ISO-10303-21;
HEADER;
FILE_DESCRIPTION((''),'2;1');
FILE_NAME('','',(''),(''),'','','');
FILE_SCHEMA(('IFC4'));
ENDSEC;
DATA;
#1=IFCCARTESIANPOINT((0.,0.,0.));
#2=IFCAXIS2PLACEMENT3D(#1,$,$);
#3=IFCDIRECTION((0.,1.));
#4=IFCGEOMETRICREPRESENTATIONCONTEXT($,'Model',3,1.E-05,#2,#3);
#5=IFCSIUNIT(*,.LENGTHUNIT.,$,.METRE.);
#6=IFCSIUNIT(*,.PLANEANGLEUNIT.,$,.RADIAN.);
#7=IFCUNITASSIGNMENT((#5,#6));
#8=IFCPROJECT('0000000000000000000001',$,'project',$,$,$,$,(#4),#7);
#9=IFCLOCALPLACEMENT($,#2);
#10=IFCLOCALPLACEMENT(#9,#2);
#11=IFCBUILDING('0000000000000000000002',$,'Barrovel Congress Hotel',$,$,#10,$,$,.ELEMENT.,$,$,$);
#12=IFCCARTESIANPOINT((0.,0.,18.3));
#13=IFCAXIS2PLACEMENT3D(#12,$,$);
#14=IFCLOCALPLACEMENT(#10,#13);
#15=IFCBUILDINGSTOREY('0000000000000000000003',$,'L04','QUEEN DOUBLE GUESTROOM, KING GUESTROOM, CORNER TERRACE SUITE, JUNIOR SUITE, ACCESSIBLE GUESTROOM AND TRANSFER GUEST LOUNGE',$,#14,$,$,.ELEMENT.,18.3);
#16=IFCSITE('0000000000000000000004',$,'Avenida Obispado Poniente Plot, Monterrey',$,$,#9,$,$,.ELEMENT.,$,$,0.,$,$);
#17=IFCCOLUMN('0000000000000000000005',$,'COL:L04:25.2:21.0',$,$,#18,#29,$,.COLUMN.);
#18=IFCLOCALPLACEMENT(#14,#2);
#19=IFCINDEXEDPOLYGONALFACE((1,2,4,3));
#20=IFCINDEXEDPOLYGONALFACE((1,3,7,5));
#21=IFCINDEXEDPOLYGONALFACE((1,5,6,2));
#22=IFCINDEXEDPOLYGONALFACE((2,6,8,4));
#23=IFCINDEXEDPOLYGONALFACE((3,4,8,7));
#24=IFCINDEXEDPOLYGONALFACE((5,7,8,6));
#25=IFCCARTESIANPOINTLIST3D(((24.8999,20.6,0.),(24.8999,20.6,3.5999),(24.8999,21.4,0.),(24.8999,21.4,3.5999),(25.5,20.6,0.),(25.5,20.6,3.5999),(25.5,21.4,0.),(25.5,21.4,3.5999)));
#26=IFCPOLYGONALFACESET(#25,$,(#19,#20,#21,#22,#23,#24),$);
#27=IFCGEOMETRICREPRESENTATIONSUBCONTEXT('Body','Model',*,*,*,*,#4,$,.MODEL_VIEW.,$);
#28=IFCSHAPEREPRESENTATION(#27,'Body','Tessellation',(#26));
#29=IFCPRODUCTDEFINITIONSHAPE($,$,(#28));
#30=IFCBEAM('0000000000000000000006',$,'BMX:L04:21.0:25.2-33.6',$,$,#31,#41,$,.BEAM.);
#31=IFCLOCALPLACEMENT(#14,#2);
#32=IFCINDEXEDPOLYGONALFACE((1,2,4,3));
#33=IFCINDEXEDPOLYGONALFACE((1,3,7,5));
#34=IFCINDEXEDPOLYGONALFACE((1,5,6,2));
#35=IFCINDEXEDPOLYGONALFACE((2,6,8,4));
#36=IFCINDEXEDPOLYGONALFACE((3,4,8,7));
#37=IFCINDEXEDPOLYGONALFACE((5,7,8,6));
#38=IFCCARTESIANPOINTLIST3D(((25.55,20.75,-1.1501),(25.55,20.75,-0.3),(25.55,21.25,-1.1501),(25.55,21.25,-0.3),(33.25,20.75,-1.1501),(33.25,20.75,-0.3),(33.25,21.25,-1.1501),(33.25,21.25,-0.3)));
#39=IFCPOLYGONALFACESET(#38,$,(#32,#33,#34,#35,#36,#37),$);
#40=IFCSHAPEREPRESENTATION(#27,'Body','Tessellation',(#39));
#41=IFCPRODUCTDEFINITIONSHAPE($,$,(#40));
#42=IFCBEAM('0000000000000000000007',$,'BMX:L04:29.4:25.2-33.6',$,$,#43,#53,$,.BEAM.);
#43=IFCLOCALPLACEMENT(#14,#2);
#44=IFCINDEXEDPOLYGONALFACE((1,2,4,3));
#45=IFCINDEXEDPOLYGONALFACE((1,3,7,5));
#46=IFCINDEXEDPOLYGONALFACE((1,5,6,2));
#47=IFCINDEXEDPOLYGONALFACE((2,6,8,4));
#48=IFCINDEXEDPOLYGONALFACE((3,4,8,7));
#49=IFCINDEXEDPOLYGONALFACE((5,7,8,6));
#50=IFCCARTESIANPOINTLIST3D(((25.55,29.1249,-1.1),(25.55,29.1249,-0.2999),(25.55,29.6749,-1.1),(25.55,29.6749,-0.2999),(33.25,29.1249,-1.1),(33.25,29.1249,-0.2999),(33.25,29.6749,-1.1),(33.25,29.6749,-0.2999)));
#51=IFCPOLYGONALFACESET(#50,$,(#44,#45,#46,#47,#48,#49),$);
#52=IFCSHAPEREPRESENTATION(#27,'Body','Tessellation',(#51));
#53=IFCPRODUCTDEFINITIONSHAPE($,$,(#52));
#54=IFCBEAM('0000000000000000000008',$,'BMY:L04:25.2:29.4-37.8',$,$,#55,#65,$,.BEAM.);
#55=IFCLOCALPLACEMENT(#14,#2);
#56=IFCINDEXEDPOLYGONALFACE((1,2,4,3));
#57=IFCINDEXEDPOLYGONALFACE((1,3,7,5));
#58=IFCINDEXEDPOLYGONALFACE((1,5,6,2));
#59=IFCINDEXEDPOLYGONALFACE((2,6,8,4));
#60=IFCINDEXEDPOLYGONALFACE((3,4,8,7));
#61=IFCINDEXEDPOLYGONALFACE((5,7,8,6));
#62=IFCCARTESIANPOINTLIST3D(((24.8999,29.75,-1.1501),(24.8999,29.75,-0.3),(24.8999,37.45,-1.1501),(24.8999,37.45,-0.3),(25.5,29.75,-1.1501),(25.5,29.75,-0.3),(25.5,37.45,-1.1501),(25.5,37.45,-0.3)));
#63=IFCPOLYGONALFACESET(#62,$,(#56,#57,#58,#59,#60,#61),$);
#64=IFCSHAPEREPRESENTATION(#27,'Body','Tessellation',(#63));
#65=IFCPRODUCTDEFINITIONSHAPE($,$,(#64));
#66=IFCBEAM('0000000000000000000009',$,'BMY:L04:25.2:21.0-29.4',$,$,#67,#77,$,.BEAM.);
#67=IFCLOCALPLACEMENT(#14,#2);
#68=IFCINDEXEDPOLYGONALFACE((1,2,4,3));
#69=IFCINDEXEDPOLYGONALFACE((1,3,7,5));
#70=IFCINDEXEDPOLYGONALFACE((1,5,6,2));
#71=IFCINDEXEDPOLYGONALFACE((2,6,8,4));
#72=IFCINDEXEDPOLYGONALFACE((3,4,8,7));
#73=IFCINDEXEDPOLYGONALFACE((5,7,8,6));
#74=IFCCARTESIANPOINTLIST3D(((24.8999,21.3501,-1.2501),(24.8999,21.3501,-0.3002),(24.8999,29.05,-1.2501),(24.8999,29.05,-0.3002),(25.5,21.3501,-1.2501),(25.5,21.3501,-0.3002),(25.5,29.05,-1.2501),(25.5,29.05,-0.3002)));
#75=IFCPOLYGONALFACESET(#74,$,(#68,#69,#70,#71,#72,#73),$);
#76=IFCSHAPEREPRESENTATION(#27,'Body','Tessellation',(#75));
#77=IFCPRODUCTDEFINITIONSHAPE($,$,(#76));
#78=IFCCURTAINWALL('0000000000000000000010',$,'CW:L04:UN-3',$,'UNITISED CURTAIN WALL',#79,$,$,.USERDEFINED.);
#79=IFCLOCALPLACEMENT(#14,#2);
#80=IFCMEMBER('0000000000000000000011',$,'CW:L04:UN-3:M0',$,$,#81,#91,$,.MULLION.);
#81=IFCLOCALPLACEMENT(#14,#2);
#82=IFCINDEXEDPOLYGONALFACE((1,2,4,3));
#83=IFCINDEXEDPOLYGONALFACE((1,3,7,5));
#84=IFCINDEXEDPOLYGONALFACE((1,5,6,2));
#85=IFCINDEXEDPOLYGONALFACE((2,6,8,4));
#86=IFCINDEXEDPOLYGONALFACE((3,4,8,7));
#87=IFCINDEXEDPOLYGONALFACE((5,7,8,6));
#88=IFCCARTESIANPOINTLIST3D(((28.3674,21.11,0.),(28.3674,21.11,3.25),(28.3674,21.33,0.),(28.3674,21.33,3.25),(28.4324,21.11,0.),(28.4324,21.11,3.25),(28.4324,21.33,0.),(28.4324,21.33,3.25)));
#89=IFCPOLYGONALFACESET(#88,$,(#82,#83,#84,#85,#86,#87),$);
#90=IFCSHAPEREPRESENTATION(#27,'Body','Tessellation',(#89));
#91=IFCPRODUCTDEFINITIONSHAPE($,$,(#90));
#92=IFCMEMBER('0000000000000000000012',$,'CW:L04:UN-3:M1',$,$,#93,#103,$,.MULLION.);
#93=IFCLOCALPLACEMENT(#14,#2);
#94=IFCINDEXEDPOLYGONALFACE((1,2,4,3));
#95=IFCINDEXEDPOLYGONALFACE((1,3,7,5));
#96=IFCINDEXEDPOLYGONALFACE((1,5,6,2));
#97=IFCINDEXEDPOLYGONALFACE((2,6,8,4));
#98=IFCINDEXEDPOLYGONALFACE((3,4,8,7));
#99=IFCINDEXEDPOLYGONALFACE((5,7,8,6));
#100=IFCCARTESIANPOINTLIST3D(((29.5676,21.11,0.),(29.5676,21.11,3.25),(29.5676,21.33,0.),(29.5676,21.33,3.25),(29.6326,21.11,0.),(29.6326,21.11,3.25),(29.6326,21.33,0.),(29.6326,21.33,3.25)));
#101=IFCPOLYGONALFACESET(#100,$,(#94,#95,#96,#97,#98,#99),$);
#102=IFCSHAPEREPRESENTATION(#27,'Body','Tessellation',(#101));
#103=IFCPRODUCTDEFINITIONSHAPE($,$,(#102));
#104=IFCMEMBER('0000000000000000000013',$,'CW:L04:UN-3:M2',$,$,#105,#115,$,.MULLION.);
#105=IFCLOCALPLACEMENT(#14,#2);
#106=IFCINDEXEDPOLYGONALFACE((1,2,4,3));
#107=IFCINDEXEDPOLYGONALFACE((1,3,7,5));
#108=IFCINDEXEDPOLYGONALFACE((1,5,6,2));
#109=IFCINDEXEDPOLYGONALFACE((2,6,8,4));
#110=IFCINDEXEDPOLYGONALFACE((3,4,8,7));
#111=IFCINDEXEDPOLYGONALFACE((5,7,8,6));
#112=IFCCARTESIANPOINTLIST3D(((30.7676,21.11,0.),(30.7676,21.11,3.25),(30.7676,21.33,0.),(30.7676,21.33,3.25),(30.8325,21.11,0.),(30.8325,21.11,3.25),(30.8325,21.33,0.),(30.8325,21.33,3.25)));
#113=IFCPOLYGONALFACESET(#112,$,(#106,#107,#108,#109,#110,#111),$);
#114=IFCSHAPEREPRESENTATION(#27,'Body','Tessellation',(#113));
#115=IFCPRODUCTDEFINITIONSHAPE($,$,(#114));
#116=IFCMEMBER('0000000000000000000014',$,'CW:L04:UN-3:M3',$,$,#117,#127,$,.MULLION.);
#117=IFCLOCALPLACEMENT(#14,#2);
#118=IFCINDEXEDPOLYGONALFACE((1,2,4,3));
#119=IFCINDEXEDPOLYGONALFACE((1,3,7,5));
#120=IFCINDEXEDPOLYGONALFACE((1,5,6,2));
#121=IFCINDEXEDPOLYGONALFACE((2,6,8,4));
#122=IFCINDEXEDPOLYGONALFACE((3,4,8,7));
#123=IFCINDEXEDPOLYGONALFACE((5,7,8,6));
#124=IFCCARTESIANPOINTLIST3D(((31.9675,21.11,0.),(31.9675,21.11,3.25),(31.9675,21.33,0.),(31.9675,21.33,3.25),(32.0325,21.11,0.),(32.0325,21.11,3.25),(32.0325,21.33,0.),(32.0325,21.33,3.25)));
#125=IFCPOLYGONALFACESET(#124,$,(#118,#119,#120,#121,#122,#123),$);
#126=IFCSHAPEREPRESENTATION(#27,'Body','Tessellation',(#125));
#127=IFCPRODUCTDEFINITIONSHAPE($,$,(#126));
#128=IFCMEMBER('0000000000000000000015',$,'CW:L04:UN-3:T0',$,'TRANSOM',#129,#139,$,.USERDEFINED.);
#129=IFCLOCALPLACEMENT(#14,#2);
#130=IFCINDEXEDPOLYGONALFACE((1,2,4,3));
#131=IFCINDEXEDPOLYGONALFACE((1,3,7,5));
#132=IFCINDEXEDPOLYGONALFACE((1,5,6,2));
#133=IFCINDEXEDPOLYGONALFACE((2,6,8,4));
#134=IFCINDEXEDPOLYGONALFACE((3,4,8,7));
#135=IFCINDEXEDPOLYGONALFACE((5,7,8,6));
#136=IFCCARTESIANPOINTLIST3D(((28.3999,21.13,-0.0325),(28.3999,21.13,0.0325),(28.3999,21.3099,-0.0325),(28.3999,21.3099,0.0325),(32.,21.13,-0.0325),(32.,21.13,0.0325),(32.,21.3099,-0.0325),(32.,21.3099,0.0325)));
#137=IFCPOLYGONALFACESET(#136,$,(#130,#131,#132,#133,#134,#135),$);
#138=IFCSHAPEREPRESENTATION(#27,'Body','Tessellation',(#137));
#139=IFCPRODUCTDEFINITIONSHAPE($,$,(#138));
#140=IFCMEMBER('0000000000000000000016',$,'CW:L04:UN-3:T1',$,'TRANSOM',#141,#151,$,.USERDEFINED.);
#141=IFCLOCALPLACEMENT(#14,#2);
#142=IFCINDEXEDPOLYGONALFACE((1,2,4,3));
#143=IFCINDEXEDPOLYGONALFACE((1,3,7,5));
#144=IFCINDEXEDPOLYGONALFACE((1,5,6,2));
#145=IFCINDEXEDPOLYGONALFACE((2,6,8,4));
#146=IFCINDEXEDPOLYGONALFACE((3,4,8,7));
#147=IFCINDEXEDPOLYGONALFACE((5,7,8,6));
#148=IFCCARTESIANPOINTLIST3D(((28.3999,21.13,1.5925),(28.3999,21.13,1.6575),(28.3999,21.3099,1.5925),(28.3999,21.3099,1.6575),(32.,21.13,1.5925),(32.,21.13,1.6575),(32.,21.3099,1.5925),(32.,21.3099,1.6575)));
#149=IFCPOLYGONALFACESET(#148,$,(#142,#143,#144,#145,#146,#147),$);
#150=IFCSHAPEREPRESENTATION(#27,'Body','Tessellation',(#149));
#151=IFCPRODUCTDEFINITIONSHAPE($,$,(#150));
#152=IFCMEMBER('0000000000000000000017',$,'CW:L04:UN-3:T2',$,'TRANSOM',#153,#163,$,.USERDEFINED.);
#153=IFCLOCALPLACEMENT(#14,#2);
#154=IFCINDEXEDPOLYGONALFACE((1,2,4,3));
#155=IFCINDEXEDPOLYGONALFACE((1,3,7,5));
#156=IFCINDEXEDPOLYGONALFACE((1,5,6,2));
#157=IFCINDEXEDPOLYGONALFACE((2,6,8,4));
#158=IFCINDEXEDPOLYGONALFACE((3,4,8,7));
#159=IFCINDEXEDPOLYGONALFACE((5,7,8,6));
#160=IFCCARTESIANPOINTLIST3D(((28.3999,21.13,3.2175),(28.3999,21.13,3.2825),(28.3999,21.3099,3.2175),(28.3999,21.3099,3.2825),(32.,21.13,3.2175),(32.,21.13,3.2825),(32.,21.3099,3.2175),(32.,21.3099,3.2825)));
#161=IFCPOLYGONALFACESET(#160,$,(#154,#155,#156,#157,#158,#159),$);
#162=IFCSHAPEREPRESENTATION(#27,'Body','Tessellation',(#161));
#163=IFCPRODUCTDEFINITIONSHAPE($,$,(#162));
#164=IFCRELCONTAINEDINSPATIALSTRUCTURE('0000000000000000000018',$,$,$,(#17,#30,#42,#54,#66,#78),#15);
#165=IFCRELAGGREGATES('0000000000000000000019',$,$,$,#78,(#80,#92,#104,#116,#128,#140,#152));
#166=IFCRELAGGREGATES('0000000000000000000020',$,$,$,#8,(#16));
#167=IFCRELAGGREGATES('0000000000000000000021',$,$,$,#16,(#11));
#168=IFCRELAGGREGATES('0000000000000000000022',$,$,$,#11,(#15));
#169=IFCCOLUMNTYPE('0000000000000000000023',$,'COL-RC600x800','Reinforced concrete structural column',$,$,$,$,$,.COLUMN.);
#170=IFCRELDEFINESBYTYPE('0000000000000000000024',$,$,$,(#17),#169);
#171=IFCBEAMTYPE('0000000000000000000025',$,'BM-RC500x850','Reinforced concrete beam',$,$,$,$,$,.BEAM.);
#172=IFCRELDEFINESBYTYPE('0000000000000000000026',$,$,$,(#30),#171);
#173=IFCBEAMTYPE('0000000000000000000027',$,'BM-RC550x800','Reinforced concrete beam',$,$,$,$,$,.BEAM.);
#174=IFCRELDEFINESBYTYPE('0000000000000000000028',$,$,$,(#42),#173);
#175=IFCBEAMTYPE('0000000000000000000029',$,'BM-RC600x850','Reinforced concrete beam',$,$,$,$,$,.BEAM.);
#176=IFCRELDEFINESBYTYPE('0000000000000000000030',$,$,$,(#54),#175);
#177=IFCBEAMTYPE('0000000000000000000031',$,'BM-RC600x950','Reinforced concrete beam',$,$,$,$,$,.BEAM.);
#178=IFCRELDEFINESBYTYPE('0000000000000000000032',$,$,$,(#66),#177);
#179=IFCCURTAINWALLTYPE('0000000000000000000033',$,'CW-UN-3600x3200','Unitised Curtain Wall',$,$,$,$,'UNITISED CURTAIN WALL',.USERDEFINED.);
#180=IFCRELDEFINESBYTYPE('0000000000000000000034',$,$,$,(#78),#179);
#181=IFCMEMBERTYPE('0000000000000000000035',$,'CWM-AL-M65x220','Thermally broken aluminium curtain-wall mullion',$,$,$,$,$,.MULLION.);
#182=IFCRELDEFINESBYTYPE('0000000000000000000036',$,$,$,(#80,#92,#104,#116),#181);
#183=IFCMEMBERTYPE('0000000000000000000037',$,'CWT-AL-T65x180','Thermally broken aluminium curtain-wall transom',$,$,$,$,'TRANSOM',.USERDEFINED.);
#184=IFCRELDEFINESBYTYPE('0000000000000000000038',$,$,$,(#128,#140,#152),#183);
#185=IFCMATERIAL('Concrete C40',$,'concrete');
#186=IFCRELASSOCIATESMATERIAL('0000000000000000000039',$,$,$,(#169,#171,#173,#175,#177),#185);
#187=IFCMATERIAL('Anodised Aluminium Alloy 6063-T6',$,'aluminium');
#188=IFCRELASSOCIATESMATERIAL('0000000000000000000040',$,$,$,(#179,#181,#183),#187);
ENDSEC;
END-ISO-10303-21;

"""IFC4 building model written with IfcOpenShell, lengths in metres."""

from ifc_helpers import new_model, si_unit, direction, frame, origin, origin_2d, place, context, subcontext, project, spatial, rectangle, extrude, material, material_profile, profile_set, type_object, element, aggregate, save


model = new_model("IFC4")

# Units and contexts
model_context = context("Model", 3, precision=1e-05, world=origin(), true_north=direction((0.0, 1.0)))
body_context = subcontext(model_context, "Body", "Model", "MODEL_VIEW")
ifc_project = project(units=[si_unit("LENGTHUNIT", "METRE"), si_unit("PLANEANGLEUNIT", "RADIAN")], contexts=[model_context])

# Site, building, storey
site_placement = place(None, origin())
site = spatial("IfcSite", under=ifc_project, at=site_placement, Name="Avenida Obispado Poniente Plot, Monterrey", CompositionType="ELEMENT", RefElevation=0.0)
building_placement = place(site_placement, origin())
building = spatial("IfcBuilding", under=site, at=building_placement, Name="Barrovel Congress Hotel", CompositionType="ELEMENT")
storey_placement = place(building_placement, frame((0.0, 0.0, 18.3)))
storey = spatial("IfcBuildingStorey", under=building, at=storey_placement, Name="L04", Description="QUEEN DOUBLE GUESTROOM, KING GUESTROOM, CORNER TERRACE SUITE, JUNIOR SUITE, ACCESSIBLE GUESTROOM AND TRANSFER GUEST LOUNGE", CompositionType="ELEMENT", Elevation=18.3)

# Column
ifc_material_1 = material(Name="Concrete C40", Category="concrete")
ifc_material_profile_1 = material_profile(ifc_material_1, rectangle(XDim=0.6001, YDim=0.8, at=origin_2d()), Name="RC600x800")
ifc_profile_set_1 = profile_set([ifc_material_profile_1], Name="Concrete C40")
column_type = type_object("IfcColumnType", Name="COL-RC600x800", Description="Reinforced concrete structural column", PredefinedType="COLUMN", material=ifc_profile_set_1)
column_placement = place(storey_placement, frame((25.2, 21.0, 0.0), z_axis=(0.0, 0.0, 1.0), x_axis=(1.0, 0.0, 0.0)))
element("IfcColumn", 1, at=column_placement, inside=storey, type_object=column_type, Name="COL:L04:25.2:21.0", PredefinedType="COLUMN", context=body_context, shape_type="SweptSolid", body=[
    extrude(rectangle(XDim=0.6001, YDim=0.8, at=origin_2d()), origin(), (0.0, 0.0, 1.0), 3.5999),
])

# Beams
ifc_material_profile_2 = material_profile(ifc_material_1, rectangle(XDim=0.5, YDim=0.8501, at=origin_2d()), Name="RC500x850")
ifc_profile_set_2 = profile_set([ifc_material_profile_2], Name="Concrete C40")
beam_type_1 = type_object("IfcBeamType", Name="BM-RC500x850", Description="Reinforced concrete beam", PredefinedType="BEAM", material=ifc_profile_set_2)
beam_1_placement = place(storey_placement, frame((25.55, 21.0, -0.7251), z_axis=(1.0, 0.0, 0.0), x_axis=(0.0, 1.0, 0.0)))
element("IfcBeam", 2, at=beam_1_placement, inside=storey, type_object=beam_type_1, Name="BMX:L04:21.0:25.2-33.6", PredefinedType="BEAM", context=body_context, shape_type="SweptSolid", body=[
    extrude(rectangle(XDim=0.5, YDim=0.8501, at=origin_2d()), origin(), (0.0, 0.0, 1.0), 7.7),
])
ifc_material_profile_3 = material_profile(ifc_material_1, rectangle(XDim=0.55, YDim=0.8, at=origin_2d()), Name="RC550x800")
ifc_profile_set_3 = profile_set([ifc_material_profile_3], Name="Concrete C40")
beam_type_2 = type_object("IfcBeamType", Name="BM-RC550x800", Description="Reinforced concrete beam", PredefinedType="BEAM", material=ifc_profile_set_3)
beam_2_placement = place(storey_placement, frame((25.55, 29.3999, -0.7), z_axis=(1.0, 0.0, 0.0), x_axis=(0.0, 1.0, 0.0)))
element("IfcBeam", 3, at=beam_2_placement, inside=storey, type_object=beam_type_2, Name="BMX:L04:29.4:25.2-33.6", PredefinedType="BEAM", context=body_context, shape_type="SweptSolid", body=[
    extrude(rectangle(XDim=0.55, YDim=0.8, at=origin_2d()), origin(), (0.0, 0.0, 1.0), 7.7),
])
ifc_material_profile_4 = material_profile(ifc_material_1, rectangle(XDim=0.6001, YDim=0.8501, at=origin_2d()), Name="RC600x850")
ifc_profile_set_4 = profile_set([ifc_material_profile_4], Name="Concrete C40")
beam_type_3 = type_object("IfcBeamType", Name="BM-RC600x850", Description="Reinforced concrete beam", PredefinedType="BEAM", material=ifc_profile_set_4)
beam_3_placement = place(storey_placement, frame((25.2, 29.75, -0.7251), z_axis=(0.0, 1.0, 0.0), x_axis=(-1.0, 0.0, 0.0)))
element("IfcBeam", 4, at=beam_3_placement, inside=storey, type_object=beam_type_3, Name="BMY:L04:25.2:29.4-37.8", PredefinedType="BEAM", context=body_context, shape_type="SweptSolid", body=[
    extrude(rectangle(XDim=0.6001, YDim=0.8501, at=origin_2d()), origin(), (0.0, 0.0, 1.0), 7.7),
])
ifc_material_profile_5 = material_profile(ifc_material_1, rectangle(XDim=0.6001, YDim=0.95, at=origin_2d()), Name="RC600x950")
ifc_profile_set_5 = profile_set([ifc_material_profile_5], Name="Concrete C40")
beam_type_4 = type_object("IfcBeamType", Name="BM-RC600x950", Description="Reinforced concrete beam", PredefinedType="BEAM", material=ifc_profile_set_5)
beam_4_placement = place(storey_placement, frame((25.2, 21.3501, -0.7751), z_axis=(0.0, 1.0, 0.0), x_axis=(-1.0, 0.0, 0.0)))
element("IfcBeam", 5, at=beam_4_placement, inside=storey, type_object=beam_type_4, Name="BMY:L04:25.2:21.0-29.4", PredefinedType="BEAM", context=body_context, shape_type="SweptSolid", body=[
    extrude(rectangle(XDim=0.6001, YDim=0.95, at=origin_2d()), origin(), (0.0, 0.0, 1.0), 7.7),
])

# Curtain wall, members
ifc_material_2 = material(Name="Anodised Aluminium Alloy 6063-T6", Category="aluminium")
curtain_wall_type = type_object("IfcCurtainWallType", Name="CW-UN-3600x3200", Description="Unitised Curtain Wall", ElementType="UNITISED CURTAIN WALL", PredefinedType="USERDEFINED", material=ifc_material_2)
curtain_wall_placement = place(storey_placement, origin())
curtain_wall = element("IfcCurtainWall", 6, at=curtain_wall_placement, inside=storey, type_object=curtain_wall_type, Name="CW:L04:UN-3", ObjectType="UNITISED CURTAIN WALL", PredefinedType="USERDEFINED")
ifc_material_profile_6 = material_profile(ifc_material_2, rectangle(XDim=0.0649, YDim=0.22, at=origin_2d()), Name="AL-M65x220")
ifc_profile_set_6 = profile_set([ifc_material_profile_6], Name="Anodised Aluminium Alloy 6063-T6")
member_type_1 = type_object("IfcMemberType", Name="CWM-AL-M65x220", Description="Thermally broken aluminium curtain-wall mullion", PredefinedType="MULLION", material=ifc_profile_set_6)
member_1_placement = place(storey_placement, frame((28.3999, 21.22, 0.0), z_axis=(0.0, 0.0, 1.0), x_axis=(1.0, 0.0, 0.0)))
member_1 = element("IfcMember", 7, at=member_1_placement, type_object=member_type_1, Name="CW:L04:UN-3:M0", PredefinedType="MULLION", context=body_context, shape_type="SweptSolid", body=[
    extrude(rectangle(XDim=0.0649, YDim=0.22, at=origin_2d()), origin(), (0.0, 0.0, 1.0), 3.25),
])
member_2_placement = place(storey_placement, frame((29.6001, 21.22, 0.0), z_axis=(0.0, 0.0, 1.0), x_axis=(1.0, 0.0, 0.0)))
member_2 = element("IfcMember", 8, at=member_2_placement, type_object=member_type_1, Name="CW:L04:UN-3:M1", PredefinedType="MULLION", context=body_context, shape_type="SweptSolid", body=[
    extrude(rectangle(XDim=0.0649, YDim=0.22, at=origin_2d()), origin(), (0.0, 0.0, 1.0), 3.25),
])
member_3_placement = place(storey_placement, frame((30.8, 21.22, 0.0), z_axis=(0.0, 0.0, 1.0), x_axis=(1.0, 0.0, 0.0)))
member_3 = element("IfcMember", 9, at=member_3_placement, type_object=member_type_1, Name="CW:L04:UN-3:M2", PredefinedType="MULLION", context=body_context, shape_type="SweptSolid", body=[
    extrude(rectangle(XDim=0.0649, YDim=0.22, at=origin_2d()), origin(), (0.0, 0.0, 1.0), 3.25),
])
member_4_placement = place(storey_placement, frame((32.0, 21.22, 0.0), z_axis=(0.0, 0.0, 1.0), x_axis=(1.0, 0.0, 0.0)))
member_4 = element("IfcMember", 10, at=member_4_placement, type_object=member_type_1, Name="CW:L04:UN-3:M3", PredefinedType="MULLION", context=body_context, shape_type="SweptSolid", body=[
    extrude(rectangle(XDim=0.0649, YDim=0.22, at=origin_2d()), origin(), (0.0, 0.0, 1.0), 3.25),
])
ifc_material_profile_7 = material_profile(ifc_material_2, rectangle(XDim=0.1799, YDim=0.0649, at=origin_2d()), Name="AL-T65x180")
ifc_profile_set_7 = profile_set([ifc_material_profile_7], Name="Anodised Aluminium Alloy 6063-T6")
member_type_2 = type_object("IfcMemberType", Name="CWT-AL-T65x180", Description="Thermally broken aluminium curtain-wall transom", ElementType="TRANSOM", PredefinedType="USERDEFINED", material=ifc_profile_set_7)
member_5_placement = place(storey_placement, frame((28.3999, 21.22, 0.0), z_axis=(1.0, 0.0, 0.0), x_axis=(0.0, 1.0, 0.0)))
member_5 = element("IfcMember", 11, at=member_5_placement, type_object=member_type_2, Name="CW:L04:UN-3:T0", ObjectType="TRANSOM", PredefinedType="USERDEFINED", context=body_context, shape_type="SweptSolid", body=[
    extrude(rectangle(XDim=0.1799, YDim=0.0649, at=origin_2d()), origin(), (0.0, 0.0, 1.0), 3.6001),
])
member_6_placement = place(storey_placement, frame((28.3999, 21.22, 1.625), z_axis=(1.0, 0.0, 0.0), x_axis=(0.0, 1.0, 0.0)))
member_6 = element("IfcMember", 12, at=member_6_placement, type_object=member_type_2, Name="CW:L04:UN-3:T1", ObjectType="TRANSOM", PredefinedType="USERDEFINED", context=body_context, shape_type="SweptSolid", body=[
    extrude(rectangle(XDim=0.1799, YDim=0.0649, at=origin_2d()), origin(), (0.0, 0.0, 1.0), 3.6001),
])
member_7_placement = place(storey_placement, frame((28.3999, 21.22, 3.25), z_axis=(1.0, 0.0, 0.0), x_axis=(0.0, 1.0, 0.0)))
member_7 = element("IfcMember", 13, at=member_7_placement, type_object=member_type_2, Name="CW:L04:UN-3:T2", ObjectType="TRANSOM", PredefinedType="USERDEFINED", context=body_context, shape_type="SweptSolid", body=[
    extrude(rectangle(XDim=0.1799, YDim=0.0649, at=origin_2d()), origin(), (0.0, 0.0, 1.0), 3.6001),
])

aggregate(curtain_wall, [member_1, member_2, member_3, member_4, member_5, member_6, member_7])

save(model, "model.ifc")
